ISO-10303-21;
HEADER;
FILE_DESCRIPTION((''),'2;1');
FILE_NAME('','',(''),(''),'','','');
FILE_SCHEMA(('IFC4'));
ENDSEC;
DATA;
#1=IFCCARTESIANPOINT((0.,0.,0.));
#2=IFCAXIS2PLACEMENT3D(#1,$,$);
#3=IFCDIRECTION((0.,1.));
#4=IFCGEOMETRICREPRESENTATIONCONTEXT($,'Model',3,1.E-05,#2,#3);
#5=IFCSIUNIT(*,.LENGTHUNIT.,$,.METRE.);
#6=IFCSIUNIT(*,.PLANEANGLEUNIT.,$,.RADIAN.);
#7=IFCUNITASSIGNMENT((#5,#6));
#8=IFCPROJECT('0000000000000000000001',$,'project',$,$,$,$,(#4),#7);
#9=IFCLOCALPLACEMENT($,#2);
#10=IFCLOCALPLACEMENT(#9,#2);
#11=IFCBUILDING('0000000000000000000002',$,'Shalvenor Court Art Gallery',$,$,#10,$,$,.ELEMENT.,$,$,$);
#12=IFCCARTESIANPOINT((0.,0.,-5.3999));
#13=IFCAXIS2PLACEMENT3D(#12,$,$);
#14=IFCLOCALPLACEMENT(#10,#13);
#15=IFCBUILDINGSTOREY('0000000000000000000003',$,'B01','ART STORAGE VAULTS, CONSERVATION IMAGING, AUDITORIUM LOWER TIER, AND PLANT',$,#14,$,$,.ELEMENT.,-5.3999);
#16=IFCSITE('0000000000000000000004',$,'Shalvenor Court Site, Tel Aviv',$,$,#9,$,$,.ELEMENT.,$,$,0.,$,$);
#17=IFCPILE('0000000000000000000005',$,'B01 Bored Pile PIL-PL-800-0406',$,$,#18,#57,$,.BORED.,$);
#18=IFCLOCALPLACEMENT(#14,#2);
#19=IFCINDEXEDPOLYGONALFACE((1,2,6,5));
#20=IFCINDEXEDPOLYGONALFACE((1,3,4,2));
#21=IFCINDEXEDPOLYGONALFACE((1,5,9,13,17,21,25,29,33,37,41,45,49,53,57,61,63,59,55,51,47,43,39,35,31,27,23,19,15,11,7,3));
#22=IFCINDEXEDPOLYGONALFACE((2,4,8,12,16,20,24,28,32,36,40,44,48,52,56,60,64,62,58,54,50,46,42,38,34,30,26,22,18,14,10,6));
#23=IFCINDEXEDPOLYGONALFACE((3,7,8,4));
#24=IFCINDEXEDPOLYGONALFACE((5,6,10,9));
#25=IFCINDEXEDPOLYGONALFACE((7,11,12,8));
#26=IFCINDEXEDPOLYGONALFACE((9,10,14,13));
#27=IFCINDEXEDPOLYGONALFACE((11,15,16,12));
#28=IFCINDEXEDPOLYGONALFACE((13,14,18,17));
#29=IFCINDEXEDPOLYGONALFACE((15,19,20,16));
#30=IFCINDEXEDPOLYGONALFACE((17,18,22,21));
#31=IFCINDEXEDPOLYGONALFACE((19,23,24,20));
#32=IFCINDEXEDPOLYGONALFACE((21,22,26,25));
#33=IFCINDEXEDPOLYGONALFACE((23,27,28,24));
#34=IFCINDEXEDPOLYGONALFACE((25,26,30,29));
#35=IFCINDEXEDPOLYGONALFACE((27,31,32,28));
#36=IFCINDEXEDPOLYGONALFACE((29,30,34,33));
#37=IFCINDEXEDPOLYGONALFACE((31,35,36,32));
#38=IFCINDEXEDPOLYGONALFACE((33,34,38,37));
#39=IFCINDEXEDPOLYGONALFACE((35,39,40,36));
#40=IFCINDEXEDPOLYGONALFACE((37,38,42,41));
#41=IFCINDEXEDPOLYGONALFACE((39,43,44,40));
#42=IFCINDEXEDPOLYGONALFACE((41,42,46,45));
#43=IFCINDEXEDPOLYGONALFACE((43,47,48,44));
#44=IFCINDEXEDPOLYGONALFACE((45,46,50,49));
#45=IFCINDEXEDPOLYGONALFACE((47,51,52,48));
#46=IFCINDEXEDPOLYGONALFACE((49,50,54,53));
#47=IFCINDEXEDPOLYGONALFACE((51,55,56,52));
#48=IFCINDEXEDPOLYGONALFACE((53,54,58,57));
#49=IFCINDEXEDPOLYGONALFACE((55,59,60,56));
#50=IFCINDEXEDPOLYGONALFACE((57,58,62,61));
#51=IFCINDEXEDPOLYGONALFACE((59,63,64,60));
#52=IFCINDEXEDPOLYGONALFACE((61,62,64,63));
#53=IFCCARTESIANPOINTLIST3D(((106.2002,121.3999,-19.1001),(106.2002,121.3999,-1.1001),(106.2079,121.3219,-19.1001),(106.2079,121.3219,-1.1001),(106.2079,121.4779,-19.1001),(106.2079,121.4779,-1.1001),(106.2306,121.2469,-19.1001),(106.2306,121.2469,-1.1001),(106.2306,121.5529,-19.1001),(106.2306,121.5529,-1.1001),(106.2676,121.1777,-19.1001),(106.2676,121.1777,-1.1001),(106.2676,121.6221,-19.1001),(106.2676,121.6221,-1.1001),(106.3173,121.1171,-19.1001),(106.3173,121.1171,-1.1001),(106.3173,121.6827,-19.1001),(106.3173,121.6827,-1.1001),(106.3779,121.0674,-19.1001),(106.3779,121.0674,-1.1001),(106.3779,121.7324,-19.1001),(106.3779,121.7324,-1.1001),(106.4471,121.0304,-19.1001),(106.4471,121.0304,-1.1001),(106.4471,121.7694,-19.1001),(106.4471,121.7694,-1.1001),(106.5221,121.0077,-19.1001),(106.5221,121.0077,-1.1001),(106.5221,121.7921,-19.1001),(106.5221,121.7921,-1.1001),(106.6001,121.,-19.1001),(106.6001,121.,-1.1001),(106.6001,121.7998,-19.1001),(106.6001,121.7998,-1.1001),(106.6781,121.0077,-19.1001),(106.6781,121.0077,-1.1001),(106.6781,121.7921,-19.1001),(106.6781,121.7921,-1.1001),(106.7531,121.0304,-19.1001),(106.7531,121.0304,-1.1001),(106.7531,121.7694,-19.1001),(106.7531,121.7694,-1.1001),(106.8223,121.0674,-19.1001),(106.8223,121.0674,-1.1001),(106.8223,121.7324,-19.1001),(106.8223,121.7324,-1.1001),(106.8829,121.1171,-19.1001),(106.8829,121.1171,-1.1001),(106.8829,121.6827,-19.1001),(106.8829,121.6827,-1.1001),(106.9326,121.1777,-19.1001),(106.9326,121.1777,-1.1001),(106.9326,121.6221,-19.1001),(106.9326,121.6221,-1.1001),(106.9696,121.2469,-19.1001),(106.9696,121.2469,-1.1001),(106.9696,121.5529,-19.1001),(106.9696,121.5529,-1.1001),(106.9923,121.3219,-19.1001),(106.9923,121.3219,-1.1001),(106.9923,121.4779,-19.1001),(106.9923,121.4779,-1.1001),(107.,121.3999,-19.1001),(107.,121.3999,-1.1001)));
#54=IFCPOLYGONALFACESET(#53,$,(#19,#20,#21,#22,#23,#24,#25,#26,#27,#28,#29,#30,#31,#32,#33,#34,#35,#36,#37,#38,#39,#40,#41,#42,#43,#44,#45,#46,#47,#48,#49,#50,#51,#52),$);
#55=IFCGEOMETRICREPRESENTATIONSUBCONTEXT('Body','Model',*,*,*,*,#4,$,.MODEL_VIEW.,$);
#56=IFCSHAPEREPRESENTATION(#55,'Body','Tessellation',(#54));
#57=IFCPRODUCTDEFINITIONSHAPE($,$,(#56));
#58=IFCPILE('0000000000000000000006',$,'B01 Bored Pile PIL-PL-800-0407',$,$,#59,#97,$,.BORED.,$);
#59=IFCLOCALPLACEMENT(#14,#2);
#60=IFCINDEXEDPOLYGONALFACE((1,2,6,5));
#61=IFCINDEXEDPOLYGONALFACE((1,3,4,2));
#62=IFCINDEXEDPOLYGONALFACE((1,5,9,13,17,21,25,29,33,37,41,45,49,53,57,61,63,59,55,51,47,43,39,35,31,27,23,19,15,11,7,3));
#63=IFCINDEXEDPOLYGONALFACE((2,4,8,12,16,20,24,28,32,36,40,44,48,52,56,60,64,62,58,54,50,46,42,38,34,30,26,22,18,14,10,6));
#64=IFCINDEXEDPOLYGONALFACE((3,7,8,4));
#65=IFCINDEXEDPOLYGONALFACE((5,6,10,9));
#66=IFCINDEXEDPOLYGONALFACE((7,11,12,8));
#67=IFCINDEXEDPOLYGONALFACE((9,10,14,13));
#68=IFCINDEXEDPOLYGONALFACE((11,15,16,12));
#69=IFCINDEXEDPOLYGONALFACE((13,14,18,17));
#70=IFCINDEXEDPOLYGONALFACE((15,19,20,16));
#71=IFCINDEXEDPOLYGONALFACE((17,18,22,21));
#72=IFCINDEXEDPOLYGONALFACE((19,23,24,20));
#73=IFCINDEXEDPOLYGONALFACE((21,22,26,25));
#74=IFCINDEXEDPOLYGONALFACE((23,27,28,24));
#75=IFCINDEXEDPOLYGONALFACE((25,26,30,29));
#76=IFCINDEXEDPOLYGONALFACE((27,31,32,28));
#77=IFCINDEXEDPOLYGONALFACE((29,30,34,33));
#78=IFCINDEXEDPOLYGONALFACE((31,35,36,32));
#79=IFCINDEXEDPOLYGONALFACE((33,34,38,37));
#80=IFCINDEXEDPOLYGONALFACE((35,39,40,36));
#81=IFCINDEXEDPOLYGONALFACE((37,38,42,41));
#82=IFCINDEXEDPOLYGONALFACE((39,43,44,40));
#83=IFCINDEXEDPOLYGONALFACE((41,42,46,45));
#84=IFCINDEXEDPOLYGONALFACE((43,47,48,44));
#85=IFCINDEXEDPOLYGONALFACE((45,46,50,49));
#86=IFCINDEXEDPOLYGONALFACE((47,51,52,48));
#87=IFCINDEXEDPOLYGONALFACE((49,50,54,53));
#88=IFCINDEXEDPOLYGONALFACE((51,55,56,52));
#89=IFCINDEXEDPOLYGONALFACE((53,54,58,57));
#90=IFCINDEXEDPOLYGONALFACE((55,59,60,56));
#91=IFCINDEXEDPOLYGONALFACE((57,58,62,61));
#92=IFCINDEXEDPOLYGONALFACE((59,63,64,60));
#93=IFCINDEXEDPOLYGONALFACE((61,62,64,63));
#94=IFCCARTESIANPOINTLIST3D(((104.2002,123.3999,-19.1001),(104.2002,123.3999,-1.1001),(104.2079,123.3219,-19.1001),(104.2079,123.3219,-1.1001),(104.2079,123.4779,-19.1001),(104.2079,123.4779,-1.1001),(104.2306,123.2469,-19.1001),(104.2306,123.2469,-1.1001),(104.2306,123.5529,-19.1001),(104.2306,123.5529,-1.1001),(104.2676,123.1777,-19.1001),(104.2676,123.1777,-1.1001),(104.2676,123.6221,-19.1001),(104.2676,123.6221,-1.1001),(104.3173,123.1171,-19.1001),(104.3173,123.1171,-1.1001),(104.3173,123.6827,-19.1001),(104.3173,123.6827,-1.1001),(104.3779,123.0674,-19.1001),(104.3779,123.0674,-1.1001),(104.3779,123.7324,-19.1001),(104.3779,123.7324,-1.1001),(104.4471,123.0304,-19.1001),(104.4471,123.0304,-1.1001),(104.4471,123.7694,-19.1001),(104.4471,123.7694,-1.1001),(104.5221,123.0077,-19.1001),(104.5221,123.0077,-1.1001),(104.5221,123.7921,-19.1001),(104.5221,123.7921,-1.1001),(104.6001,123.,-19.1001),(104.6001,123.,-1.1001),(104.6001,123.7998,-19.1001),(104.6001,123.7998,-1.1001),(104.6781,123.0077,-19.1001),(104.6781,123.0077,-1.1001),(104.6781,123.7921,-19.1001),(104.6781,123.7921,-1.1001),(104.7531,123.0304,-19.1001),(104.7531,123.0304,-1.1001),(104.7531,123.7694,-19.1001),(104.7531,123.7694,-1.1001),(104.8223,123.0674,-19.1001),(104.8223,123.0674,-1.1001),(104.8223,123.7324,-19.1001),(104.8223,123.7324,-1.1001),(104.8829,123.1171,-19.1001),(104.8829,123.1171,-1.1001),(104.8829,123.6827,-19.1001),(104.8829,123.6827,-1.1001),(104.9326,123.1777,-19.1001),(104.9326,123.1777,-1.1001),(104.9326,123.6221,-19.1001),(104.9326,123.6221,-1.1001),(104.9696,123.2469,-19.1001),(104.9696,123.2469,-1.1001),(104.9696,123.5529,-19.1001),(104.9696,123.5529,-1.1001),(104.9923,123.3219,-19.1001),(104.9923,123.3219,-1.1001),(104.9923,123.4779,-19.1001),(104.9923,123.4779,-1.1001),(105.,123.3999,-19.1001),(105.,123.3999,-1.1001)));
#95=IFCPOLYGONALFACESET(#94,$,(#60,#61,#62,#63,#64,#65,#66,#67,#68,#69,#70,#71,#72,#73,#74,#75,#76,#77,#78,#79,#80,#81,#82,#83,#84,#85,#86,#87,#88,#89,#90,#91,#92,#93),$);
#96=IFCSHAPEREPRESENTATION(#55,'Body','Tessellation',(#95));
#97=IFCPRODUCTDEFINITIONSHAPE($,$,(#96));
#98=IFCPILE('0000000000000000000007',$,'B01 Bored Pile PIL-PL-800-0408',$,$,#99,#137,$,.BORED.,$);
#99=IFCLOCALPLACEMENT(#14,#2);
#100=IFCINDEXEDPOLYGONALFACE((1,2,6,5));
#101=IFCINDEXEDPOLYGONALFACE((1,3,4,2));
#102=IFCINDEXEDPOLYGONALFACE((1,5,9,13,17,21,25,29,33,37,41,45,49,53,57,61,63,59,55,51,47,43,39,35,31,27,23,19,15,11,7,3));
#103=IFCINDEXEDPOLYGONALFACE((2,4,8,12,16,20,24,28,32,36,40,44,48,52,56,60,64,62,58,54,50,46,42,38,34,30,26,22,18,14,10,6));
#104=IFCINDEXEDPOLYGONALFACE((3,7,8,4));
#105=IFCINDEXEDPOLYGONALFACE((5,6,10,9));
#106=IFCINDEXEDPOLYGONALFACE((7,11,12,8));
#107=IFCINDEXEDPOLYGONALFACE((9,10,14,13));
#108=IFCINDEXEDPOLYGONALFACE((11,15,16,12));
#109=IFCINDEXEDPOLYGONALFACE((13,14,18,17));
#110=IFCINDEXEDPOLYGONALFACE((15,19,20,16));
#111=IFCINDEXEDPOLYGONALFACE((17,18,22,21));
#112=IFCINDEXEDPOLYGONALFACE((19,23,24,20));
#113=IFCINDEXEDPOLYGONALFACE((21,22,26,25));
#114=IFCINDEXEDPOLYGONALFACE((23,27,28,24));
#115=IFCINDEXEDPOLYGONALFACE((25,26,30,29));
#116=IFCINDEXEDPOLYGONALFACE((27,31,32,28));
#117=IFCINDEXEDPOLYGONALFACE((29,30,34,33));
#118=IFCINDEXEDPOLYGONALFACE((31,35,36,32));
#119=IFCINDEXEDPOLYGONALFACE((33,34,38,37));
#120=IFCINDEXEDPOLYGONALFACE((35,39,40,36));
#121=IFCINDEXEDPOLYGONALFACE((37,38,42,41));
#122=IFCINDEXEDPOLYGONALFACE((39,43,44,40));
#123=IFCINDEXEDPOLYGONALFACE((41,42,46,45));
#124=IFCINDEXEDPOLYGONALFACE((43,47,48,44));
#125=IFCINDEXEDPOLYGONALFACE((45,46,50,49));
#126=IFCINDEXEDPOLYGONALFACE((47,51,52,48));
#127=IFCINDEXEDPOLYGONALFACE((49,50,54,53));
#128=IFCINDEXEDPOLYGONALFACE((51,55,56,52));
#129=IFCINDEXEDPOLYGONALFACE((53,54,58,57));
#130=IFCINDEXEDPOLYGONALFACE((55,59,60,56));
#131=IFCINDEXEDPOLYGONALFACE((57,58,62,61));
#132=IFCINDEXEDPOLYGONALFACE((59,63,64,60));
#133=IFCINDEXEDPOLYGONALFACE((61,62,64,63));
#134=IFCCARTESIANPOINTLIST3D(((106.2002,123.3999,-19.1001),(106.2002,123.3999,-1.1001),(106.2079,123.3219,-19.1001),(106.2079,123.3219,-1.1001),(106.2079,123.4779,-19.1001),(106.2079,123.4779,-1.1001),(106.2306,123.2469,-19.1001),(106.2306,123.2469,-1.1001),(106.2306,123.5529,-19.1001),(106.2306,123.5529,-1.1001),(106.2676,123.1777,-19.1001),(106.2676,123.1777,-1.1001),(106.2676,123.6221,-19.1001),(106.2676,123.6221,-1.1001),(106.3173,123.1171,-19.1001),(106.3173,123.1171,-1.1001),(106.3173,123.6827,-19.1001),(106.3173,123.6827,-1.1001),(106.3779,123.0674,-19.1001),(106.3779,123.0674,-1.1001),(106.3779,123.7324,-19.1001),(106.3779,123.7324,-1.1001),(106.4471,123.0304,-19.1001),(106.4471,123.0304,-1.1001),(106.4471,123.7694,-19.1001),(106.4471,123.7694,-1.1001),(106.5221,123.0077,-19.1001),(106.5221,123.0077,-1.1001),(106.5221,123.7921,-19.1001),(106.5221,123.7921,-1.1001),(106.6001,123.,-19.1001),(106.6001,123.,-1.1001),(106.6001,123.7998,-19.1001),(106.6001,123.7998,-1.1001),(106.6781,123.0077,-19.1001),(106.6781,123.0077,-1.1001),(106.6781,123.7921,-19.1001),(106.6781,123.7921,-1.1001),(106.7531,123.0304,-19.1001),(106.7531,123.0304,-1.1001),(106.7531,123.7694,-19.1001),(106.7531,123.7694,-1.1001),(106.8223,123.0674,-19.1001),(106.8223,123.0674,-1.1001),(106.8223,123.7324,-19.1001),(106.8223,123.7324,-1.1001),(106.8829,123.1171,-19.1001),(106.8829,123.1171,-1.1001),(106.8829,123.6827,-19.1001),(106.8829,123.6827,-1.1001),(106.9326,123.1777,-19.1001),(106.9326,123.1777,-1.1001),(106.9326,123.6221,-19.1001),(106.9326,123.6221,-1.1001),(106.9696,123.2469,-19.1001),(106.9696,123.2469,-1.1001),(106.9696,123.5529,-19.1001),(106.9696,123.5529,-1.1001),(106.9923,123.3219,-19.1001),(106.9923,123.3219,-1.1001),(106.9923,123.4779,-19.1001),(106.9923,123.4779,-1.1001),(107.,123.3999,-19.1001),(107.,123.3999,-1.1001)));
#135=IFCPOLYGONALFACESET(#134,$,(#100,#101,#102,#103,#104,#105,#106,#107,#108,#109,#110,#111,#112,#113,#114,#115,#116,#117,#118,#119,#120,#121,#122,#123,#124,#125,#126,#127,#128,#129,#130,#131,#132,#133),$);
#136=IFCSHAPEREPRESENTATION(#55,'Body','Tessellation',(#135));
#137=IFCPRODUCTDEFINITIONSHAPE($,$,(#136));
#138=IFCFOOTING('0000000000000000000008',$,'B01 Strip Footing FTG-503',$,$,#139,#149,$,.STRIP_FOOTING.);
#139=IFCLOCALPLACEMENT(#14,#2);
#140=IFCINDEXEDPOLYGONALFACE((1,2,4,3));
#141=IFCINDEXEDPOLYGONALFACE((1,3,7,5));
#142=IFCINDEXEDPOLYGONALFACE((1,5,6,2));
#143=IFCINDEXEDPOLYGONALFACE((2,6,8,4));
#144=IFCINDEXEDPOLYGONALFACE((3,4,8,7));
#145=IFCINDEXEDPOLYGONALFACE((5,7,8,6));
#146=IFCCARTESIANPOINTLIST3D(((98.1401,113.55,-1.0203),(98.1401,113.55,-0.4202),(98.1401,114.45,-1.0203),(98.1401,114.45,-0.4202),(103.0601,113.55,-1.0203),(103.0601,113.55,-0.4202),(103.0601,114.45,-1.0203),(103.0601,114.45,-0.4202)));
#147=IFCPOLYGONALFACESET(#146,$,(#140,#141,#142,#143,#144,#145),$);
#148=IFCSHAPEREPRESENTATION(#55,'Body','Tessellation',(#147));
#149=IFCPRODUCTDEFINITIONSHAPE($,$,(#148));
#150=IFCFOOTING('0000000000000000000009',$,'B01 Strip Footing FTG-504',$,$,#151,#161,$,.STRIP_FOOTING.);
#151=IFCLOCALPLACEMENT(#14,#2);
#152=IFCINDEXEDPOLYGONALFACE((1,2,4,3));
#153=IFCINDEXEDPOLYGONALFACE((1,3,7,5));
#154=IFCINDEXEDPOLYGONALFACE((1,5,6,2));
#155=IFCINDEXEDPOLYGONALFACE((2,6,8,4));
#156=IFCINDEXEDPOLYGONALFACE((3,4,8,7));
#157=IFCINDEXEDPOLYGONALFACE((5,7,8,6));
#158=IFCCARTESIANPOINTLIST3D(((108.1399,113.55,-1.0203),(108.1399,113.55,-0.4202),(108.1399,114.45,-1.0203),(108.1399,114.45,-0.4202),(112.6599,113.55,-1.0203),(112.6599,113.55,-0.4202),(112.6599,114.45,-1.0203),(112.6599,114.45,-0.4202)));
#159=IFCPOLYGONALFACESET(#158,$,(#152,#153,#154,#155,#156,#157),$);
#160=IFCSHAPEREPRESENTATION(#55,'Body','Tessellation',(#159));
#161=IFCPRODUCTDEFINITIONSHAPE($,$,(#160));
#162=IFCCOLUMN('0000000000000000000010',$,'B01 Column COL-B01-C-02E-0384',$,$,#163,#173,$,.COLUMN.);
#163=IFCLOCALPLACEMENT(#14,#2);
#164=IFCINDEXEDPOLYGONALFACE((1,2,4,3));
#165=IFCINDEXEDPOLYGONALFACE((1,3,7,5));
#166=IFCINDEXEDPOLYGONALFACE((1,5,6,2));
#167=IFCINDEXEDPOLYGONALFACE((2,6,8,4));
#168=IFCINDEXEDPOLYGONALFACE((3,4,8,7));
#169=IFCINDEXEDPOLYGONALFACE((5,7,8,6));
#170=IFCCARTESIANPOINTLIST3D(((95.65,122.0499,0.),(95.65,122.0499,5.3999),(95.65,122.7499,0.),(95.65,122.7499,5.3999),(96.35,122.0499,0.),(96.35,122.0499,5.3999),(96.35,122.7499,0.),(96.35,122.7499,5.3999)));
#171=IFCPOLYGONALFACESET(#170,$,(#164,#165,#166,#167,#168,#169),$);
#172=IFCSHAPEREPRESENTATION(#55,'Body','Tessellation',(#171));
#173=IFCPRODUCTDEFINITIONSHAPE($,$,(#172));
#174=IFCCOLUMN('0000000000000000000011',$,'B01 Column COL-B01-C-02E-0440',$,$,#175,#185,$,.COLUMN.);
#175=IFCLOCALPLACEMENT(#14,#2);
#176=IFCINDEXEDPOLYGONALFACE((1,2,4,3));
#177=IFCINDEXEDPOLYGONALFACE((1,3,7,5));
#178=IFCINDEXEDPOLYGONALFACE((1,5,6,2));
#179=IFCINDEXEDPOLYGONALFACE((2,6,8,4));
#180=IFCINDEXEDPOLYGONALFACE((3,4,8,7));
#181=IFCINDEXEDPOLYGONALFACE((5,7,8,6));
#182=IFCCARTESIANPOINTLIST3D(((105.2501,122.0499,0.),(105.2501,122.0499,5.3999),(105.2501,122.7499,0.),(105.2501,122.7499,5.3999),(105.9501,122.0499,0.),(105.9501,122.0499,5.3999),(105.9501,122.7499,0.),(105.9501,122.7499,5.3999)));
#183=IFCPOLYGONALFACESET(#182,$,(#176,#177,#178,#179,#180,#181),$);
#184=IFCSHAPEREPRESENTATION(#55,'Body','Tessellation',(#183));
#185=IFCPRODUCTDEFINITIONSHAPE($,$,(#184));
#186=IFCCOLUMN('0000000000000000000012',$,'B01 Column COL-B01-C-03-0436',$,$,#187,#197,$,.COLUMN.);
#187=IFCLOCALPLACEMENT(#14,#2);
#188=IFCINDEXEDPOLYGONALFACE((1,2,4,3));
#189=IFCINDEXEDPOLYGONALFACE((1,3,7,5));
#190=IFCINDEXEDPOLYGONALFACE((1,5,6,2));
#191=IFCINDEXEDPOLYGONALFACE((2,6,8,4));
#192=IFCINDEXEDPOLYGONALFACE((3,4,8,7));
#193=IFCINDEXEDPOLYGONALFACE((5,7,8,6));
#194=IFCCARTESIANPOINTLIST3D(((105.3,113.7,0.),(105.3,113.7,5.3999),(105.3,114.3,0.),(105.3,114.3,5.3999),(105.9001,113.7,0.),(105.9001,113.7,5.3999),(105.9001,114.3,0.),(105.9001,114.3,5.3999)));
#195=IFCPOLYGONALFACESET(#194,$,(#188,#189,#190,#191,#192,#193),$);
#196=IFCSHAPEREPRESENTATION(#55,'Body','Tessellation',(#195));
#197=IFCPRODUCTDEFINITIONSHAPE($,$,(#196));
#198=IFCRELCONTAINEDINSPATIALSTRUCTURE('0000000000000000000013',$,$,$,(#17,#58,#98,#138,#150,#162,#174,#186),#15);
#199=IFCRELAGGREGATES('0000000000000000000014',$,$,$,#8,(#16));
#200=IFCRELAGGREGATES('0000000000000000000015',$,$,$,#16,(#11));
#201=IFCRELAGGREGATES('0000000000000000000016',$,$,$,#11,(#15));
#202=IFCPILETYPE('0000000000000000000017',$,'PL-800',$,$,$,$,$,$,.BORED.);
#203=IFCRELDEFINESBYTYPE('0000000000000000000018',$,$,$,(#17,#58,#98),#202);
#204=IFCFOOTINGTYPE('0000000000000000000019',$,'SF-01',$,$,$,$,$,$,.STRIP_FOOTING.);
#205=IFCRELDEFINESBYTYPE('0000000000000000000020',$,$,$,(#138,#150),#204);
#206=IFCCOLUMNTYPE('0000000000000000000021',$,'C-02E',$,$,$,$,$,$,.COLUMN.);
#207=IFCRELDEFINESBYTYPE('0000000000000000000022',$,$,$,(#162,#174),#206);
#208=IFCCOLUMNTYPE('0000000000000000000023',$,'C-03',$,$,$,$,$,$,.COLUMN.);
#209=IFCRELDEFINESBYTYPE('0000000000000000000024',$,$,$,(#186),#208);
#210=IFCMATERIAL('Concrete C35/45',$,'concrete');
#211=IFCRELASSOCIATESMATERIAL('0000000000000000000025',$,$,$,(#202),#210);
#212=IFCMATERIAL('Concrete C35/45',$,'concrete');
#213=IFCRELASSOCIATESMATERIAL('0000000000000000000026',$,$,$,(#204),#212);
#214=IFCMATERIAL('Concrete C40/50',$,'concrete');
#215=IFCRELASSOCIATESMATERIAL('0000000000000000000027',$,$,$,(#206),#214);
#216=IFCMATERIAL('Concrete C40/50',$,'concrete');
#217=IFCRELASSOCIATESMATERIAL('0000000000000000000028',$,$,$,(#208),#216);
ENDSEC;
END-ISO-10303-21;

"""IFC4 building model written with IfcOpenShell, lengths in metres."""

from ifc_helpers import new_model, si_unit, direction, frame, origin, origin_2d, place, context, subcontext, project, spatial, rectangle, circle, extrude, material, material_profile, profile_set, type_object, element, save


model = new_model("IFC4")

# Units and contexts
model_context = context("Model", 3, precision=1e-05, world=origin(), true_north=direction((0.0, 1.0)))
body_context = subcontext(model_context, "Body", "Model", "MODEL_VIEW")
ifc_project = project(units=[si_unit("LENGTHUNIT", "METRE"), si_unit("PLANEANGLEUNIT", "RADIAN")], contexts=[model_context])

# Site, building, storey
site_placement = place(None, origin())
site = spatial("IfcSite", under=ifc_project, at=site_placement, Name="Shalvenor Court Site, Tel Aviv", CompositionType="ELEMENT", RefElevation=0.0)
building_placement = place(site_placement, origin())
building = spatial("IfcBuilding", under=site, at=building_placement, Name="Shalvenor Court Art Gallery", CompositionType="ELEMENT")
storey_placement = place(building_placement, frame((0.0, 0.0, -5.3999)))
storey = spatial("IfcBuildingStorey", under=building, at=storey_placement, Name="B01", Description="ART STORAGE VAULTS, CONSERVATION IMAGING, AUDITORIUM LOWER TIER, AND PLANT", CompositionType="ELEMENT", Elevation=-5.3999)

# Piles
ifc_material_1 = material(Name="Concrete C35/45", Category="concrete")
ifc_material_profile_1 = material_profile(ifc_material_1, circle(Radius=0.3999, at=origin_2d()), Name="PILE 800")
ifc_profile_set_1 = profile_set([ifc_material_profile_1], Name="Concrete C35/45")
pile_type_1 = type_object("IfcPileType", Name="PL-800", PredefinedType="BORED", material=ifc_profile_set_1)
for number, where, z_axis, x_axis, name in (
    (1, (106.6001, 121.3999, -1.1001), (0.0, 0.0, -1.0), (1.0, 0.0, 0.0), "B01 Bored Pile PIL-PL-800-0406"),
    (2, (104.6001, 123.3999, -1.1001), (0.0, 0.0, -1.0), (1.0, 0.0, 0.0), "B01 Bored Pile PIL-PL-800-0407"),
    (3, (106.6001, 123.3999, -1.1001), (0.0, 0.0, -1.0), (1.0, 0.0, 0.0), "B01 Bored Pile PIL-PL-800-0408"),
):
    element("IfcPile", number, at=place(storey_placement, frame(where, z_axis=z_axis, x_axis=x_axis)), inside=storey, type_object=pile_type_1, Name=name, PredefinedType="BORED", context=body_context, shape_type="SweptSolid", body=[
        extrude(circle(Radius=0.3999, at=origin_2d()), origin(), (0.0, 0.0, 1.0), 18.0),
    ])

# Footings
ifc_material_2 = material(Name="Concrete C35/45", Category="concrete")
footing_type_1 = type_object("IfcFootingType", Name="SF-01", PredefinedType="STRIP_FOOTING", material=ifc_material_2)
footing_1_placement = place(storey_placement, frame((100.6001, 114.0, -1.0203), z_axis=(0.0, 0.0, 1.0), x_axis=(1.0, 0.0, 0.0)))
element("IfcFooting", 4, at=footing_1_placement, inside=storey, type_object=footing_type_1, Name="B01 Strip Footing FTG-503", PredefinedType="STRIP_FOOTING", context=body_context, shape_type="SweptSolid", body=[
    extrude(rectangle(XDim=4.9199, YDim=0.8999, at=origin_2d()), origin(), (0.0, 0.0, 1.0), 0.6001),
])
footing_2_placement = place(storey_placement, frame((110.3999, 114.0, -1.0203), z_axis=(0.0, 0.0, 1.0), x_axis=(1.0, 0.0, 0.0)))
element("IfcFooting", 5, at=footing_2_placement, inside=storey, type_object=footing_type_1, Name="B01 Strip Footing FTG-504", PredefinedType="STRIP_FOOTING", context=body_context, shape_type="SweptSolid", body=[
    extrude(rectangle(XDim=4.52, YDim=0.8999, at=origin_2d()), origin(), (0.0, 0.0, 1.0), 0.6001),
])

# Columns
ifc_material_3 = material(Name="Concrete C40/50", Category="concrete")
ifc_material_profile_2 = material_profile(ifc_material_3, rectangle(XDim=0.7, YDim=0.7, at=origin_2d()), Name="RC 700x700")
ifc_profile_set_2 = profile_set([ifc_material_profile_2], Name="Concrete C40/50")
column_type_1 = type_object("IfcColumnType", Name="C-02E", PredefinedType="COLUMN", material=ifc_profile_set_2)
for number, where, z_axis, x_axis, name in (
    (6, (96.0, 122.3999, 0.0), (0.0, 0.0, 1.0), (1.0, 0.0, 0.0), "B01 Column COL-B01-C-02E-0384"),
    (7, (105.6001, 122.3999, 0.0), (0.0, 0.0, 1.0), (1.0, 0.0, 0.0), "B01 Column COL-B01-C-02E-0440"),
):
    element("IfcColumn", number, at=place(storey_placement, frame(where, z_axis=z_axis, x_axis=x_axis)), inside=storey, type_object=column_type_1, Name=name, PredefinedType="COLUMN", context=body_context, shape_type="SweptSolid", body=[
        extrude(rectangle(XDim=0.7, YDim=0.7, at=origin_2d()), origin(), (0.0, 0.0, 1.0), 5.3999),
    ])
ifc_material_4 = material(Name="Concrete C40/50", Category="concrete")
ifc_material_profile_3 = material_profile(ifc_material_4, rectangle(XDim=0.6001, YDim=0.6001, at=origin_2d()), Name="RC 600x600")
ifc_profile_set_3 = profile_set([ifc_material_profile_3], Name="Concrete C40/50")
column_type_2 = type_object("IfcColumnType", Name="C-03", PredefinedType="COLUMN", material=ifc_profile_set_3)
column_placement = place(storey_placement, frame((105.6001, 114.0, 0.0), z_axis=(0.0, 0.0, 1.0), x_axis=(1.0, 0.0, 0.0)))
element("IfcColumn", 8, at=column_placement, inside=storey, type_object=column_type_2, Name="B01 Column COL-B01-C-03-0436", PredefinedType="COLUMN", context=body_context, shape_type="SweptSolid", body=[
    extrude(rectangle(XDim=0.6001, YDim=0.6001, at=origin_2d()), origin(), (0.0, 0.0, 1.0), 5.3999),
])

save(model, "model.ifc")
